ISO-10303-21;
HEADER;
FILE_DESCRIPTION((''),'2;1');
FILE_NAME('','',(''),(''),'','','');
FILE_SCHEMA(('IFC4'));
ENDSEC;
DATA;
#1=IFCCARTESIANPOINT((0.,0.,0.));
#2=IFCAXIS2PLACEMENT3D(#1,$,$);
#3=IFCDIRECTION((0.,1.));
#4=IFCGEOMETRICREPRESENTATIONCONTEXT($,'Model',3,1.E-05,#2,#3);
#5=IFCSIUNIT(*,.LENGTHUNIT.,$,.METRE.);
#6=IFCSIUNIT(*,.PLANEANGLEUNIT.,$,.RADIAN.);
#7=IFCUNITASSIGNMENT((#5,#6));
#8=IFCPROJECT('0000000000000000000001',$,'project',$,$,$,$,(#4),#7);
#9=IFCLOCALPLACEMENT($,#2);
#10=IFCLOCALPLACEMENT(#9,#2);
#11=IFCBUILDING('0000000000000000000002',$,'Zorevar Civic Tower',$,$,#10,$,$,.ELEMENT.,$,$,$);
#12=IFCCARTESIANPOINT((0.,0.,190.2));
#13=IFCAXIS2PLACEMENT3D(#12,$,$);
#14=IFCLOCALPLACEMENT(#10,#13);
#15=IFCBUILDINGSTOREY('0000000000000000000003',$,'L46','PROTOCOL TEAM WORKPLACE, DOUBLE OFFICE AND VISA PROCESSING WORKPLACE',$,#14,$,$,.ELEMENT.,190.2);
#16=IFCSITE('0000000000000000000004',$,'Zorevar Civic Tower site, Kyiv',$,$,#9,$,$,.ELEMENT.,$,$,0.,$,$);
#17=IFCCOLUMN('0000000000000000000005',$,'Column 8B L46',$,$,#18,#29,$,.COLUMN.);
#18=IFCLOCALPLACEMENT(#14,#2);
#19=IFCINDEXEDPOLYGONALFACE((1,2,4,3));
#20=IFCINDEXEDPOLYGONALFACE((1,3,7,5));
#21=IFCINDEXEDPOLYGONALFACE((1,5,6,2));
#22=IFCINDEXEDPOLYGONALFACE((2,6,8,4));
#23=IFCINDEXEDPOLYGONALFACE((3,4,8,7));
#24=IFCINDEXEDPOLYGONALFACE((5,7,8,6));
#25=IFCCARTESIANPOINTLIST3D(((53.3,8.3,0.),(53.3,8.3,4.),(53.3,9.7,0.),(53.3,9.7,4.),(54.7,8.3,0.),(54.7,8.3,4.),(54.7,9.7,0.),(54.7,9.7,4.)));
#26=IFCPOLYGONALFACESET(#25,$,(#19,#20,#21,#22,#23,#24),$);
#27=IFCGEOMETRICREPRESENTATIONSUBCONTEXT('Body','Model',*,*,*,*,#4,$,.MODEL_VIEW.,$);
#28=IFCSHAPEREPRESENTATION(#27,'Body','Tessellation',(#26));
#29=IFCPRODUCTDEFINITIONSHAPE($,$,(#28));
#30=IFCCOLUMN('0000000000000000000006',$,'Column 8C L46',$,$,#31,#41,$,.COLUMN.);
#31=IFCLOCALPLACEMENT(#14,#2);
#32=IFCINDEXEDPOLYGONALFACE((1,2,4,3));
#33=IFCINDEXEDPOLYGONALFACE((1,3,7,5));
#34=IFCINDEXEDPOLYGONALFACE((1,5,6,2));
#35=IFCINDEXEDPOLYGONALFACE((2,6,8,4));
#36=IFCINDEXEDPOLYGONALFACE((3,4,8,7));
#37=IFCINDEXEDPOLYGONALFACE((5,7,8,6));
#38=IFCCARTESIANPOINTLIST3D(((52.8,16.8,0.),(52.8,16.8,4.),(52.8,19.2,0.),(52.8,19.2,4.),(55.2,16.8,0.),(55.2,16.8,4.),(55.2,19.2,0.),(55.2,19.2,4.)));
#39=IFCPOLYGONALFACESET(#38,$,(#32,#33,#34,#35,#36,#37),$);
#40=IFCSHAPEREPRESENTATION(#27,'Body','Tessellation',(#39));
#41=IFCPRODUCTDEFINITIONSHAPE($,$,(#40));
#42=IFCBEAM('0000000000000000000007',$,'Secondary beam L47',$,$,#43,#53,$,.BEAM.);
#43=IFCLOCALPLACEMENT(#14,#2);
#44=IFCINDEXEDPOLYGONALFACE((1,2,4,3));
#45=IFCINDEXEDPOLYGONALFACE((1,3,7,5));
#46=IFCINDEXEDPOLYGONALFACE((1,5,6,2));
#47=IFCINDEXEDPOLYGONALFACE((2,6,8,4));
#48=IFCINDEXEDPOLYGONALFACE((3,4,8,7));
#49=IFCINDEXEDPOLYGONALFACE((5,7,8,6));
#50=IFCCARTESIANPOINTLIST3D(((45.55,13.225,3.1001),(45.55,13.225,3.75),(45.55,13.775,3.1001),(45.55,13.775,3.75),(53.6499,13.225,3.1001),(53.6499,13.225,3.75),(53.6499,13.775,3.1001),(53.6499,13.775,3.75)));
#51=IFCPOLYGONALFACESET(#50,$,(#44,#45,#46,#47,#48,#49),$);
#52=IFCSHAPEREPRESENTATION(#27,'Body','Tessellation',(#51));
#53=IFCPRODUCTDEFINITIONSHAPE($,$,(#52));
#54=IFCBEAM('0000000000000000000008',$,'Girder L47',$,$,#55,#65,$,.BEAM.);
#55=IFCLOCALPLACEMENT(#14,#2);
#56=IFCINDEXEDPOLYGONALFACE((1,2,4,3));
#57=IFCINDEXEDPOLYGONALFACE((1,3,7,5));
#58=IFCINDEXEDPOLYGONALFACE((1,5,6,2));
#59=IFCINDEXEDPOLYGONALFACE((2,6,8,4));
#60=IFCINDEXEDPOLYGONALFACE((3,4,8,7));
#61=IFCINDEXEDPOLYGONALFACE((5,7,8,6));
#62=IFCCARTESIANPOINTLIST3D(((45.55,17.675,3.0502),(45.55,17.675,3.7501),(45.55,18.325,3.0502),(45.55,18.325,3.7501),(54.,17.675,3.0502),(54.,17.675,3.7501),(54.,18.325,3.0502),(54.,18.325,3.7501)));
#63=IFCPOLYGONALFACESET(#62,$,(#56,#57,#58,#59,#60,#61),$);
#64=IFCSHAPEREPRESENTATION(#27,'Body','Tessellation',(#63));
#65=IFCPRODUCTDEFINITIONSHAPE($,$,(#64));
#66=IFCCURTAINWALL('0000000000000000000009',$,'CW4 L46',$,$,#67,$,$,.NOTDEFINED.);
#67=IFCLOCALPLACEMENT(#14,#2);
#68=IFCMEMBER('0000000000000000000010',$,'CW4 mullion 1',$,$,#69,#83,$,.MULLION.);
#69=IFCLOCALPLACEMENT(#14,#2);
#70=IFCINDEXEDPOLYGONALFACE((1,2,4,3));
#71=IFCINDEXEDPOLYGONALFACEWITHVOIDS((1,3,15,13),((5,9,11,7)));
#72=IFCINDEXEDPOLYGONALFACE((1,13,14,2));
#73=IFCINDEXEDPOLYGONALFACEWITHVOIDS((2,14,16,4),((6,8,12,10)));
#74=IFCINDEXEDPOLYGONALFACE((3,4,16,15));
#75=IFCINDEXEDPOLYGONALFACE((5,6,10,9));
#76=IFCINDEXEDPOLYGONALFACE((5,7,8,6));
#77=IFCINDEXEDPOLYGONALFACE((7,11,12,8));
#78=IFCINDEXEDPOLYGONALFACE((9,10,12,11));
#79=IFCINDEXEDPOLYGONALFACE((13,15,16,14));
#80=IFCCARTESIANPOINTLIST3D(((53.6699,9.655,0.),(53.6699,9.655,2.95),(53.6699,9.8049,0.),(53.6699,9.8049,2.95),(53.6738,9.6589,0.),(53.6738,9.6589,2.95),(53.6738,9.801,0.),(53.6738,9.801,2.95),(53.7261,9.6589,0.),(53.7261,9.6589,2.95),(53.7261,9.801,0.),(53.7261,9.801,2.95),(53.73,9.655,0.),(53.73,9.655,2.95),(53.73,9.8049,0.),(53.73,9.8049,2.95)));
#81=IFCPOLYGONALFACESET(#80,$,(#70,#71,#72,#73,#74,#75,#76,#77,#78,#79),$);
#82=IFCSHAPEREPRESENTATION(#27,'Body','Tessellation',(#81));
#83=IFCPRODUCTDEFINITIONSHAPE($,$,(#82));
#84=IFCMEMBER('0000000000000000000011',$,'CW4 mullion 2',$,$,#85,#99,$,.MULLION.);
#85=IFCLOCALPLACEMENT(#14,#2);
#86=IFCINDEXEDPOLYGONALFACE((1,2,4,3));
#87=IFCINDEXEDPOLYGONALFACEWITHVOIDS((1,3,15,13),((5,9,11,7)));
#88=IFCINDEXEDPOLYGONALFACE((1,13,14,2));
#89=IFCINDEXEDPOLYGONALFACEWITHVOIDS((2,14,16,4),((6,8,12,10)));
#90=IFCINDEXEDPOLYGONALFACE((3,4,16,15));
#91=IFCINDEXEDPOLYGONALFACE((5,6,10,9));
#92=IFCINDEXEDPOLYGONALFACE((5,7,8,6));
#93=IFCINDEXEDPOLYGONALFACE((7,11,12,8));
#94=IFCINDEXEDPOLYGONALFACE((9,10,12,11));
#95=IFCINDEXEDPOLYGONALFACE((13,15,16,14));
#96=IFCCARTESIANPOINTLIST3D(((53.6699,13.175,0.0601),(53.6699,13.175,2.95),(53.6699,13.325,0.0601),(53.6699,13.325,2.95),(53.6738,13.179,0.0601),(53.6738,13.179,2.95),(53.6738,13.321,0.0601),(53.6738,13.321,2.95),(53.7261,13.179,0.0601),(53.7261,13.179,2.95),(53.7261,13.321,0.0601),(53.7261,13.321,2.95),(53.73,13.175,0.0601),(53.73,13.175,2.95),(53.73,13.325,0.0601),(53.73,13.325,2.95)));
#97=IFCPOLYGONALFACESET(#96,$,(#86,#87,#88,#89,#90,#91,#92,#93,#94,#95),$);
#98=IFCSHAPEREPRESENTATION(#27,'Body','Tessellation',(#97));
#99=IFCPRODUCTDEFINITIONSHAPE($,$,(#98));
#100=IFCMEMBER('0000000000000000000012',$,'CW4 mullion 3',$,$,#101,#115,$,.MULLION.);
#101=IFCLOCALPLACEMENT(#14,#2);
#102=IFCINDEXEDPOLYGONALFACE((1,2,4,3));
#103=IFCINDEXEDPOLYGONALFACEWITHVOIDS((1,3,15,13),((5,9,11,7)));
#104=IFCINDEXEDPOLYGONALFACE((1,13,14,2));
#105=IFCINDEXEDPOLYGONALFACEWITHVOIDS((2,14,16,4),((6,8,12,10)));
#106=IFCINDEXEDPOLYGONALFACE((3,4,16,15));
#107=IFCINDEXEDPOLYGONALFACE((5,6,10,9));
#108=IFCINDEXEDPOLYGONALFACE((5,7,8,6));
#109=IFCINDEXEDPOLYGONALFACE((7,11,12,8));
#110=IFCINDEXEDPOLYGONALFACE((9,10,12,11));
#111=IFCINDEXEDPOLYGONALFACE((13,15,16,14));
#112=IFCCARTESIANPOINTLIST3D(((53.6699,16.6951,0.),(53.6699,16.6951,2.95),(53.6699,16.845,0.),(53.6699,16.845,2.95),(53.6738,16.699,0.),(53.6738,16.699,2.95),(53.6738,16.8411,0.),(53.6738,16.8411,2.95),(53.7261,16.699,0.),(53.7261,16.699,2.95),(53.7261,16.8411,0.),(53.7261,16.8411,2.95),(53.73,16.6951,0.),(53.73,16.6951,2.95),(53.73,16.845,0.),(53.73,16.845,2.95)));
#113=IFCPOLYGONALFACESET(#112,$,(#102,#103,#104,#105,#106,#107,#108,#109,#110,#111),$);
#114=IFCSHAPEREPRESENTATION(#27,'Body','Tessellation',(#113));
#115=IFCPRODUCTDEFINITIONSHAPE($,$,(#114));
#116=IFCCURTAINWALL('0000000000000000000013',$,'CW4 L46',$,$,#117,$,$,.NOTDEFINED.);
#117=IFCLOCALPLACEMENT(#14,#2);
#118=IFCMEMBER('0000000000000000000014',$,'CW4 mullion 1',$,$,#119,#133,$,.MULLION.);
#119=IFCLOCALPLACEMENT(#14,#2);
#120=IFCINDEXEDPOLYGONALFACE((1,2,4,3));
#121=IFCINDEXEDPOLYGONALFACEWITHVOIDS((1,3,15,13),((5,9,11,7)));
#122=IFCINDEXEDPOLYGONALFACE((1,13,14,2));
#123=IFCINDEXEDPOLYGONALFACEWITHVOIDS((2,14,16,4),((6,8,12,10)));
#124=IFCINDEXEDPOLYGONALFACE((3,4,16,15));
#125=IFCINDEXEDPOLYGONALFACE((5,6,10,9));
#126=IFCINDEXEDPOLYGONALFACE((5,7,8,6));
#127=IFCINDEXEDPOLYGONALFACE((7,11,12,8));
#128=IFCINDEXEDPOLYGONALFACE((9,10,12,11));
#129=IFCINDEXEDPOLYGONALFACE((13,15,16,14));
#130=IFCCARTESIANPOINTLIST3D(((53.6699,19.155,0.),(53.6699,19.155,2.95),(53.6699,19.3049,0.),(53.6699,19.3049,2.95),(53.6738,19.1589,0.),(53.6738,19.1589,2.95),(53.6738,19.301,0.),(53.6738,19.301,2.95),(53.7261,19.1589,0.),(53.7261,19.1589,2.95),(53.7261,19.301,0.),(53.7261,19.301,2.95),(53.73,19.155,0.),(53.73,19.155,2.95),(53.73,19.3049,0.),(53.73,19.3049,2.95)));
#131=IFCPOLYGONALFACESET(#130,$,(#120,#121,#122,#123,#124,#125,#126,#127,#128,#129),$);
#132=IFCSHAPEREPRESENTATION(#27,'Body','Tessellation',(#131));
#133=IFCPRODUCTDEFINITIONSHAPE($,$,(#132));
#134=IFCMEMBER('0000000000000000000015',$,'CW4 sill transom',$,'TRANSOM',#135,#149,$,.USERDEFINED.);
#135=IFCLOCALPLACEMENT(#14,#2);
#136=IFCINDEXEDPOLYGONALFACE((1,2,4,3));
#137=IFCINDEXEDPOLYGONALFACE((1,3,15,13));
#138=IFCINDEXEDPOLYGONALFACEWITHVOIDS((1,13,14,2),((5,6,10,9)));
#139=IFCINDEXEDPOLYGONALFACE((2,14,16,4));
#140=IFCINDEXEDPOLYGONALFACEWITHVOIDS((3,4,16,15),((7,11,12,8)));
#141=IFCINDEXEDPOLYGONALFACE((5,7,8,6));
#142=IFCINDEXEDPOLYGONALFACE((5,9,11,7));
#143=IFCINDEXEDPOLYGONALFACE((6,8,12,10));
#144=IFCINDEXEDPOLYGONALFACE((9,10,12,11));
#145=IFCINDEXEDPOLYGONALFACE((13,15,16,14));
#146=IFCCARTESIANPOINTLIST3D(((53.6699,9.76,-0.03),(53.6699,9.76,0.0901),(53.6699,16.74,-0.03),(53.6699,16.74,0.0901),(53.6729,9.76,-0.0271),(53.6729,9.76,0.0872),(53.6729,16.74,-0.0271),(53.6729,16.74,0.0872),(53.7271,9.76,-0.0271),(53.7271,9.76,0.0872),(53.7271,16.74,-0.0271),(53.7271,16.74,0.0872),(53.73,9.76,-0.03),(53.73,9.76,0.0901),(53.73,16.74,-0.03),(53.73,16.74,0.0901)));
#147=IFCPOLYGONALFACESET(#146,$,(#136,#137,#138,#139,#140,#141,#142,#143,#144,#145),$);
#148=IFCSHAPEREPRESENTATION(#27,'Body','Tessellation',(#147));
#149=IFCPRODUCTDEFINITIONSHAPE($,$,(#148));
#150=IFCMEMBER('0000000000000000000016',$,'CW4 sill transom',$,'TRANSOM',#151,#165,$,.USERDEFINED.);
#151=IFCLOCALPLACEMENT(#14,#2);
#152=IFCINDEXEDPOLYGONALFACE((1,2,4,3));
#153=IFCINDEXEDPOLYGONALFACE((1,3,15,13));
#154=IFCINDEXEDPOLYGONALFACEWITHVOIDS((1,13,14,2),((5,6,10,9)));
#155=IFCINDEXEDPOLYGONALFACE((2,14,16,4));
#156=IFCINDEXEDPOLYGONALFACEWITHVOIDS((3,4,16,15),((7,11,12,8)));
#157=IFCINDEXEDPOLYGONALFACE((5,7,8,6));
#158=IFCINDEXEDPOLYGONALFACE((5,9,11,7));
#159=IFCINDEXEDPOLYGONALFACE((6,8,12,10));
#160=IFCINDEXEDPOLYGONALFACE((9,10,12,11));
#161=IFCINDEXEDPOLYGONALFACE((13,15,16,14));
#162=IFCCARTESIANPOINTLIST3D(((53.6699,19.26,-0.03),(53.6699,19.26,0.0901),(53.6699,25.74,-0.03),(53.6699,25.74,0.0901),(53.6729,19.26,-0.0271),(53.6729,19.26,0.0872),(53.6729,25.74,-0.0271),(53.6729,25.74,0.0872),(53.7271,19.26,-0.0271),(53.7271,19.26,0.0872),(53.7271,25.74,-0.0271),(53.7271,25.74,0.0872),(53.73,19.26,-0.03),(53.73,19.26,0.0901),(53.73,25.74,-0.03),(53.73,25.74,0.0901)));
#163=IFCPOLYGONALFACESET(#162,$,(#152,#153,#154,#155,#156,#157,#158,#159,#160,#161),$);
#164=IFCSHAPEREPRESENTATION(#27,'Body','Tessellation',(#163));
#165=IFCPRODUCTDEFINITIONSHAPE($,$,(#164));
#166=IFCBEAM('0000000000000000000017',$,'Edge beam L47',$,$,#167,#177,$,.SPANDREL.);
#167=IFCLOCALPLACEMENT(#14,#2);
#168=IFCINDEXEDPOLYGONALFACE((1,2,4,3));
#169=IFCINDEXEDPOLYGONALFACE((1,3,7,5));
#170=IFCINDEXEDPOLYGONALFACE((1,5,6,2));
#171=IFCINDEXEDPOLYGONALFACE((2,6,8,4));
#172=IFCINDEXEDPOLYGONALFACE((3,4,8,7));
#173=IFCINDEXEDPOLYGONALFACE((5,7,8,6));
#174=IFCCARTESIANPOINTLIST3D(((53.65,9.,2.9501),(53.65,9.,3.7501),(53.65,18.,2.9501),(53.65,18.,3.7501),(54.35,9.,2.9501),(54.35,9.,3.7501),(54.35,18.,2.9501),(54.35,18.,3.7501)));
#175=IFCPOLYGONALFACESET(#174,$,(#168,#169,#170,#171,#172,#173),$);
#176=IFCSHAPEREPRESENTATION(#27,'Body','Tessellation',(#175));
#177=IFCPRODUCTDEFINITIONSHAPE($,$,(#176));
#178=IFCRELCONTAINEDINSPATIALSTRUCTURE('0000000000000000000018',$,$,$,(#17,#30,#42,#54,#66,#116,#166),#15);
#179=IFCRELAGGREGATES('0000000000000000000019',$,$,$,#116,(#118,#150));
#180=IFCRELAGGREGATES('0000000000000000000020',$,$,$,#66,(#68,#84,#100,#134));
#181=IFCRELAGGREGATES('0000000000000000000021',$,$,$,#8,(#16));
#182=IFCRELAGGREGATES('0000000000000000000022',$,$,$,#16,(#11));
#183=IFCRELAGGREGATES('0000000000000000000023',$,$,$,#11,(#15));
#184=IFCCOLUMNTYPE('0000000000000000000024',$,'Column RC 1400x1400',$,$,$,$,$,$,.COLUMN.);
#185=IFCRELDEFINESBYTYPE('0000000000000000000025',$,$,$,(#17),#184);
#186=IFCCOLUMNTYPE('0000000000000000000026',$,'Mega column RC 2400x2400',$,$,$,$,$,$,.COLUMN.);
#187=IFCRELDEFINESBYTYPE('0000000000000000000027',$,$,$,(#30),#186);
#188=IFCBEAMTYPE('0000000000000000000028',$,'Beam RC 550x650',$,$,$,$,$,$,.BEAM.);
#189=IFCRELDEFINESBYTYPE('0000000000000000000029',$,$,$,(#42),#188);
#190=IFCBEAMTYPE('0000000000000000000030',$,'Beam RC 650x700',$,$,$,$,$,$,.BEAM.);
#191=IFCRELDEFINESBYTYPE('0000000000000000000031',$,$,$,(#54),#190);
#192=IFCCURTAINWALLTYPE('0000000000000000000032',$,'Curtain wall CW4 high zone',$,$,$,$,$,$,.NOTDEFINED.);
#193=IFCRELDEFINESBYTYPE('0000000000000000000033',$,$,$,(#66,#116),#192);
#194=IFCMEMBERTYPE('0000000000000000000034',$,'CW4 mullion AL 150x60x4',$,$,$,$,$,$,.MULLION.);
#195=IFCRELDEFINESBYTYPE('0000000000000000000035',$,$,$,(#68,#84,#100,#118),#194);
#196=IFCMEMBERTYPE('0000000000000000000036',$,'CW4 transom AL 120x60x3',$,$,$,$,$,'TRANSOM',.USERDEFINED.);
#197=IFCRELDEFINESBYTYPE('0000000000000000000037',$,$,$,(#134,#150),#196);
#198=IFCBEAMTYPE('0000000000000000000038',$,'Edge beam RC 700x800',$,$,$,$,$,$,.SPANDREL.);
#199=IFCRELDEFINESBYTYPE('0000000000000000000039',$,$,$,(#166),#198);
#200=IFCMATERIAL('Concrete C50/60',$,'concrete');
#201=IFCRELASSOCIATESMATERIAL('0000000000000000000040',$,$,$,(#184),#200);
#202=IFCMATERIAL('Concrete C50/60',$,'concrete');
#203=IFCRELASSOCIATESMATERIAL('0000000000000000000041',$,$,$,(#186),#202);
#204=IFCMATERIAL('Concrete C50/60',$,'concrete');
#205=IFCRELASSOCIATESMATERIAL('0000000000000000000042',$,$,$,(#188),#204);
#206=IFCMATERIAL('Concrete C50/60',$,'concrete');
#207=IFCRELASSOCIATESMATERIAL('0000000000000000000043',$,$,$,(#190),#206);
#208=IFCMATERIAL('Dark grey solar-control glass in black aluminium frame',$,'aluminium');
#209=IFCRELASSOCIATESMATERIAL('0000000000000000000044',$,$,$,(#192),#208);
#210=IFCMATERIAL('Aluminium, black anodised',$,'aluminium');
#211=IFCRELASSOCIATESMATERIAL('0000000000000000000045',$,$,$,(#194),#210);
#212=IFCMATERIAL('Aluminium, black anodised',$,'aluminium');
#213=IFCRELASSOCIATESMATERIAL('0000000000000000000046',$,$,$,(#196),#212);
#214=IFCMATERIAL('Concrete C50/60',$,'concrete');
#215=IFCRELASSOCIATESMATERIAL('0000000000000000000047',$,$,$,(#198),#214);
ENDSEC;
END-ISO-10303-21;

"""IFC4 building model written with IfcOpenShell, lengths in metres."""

from ifc_helpers import new_model, si_unit, direction, frame, origin, origin_2d, place, context, subcontext, project, spatial, rectangle, hollow_rectangle, extrude, material, material_profile, profile_set, type_object, element, aggregate, save


model = new_model("IFC4")

# Units and contexts
model_context = context("Model", 3, precision=1e-05, world=origin(), true_north=direction((0.0, 1.0)))
body_context = subcontext(model_context, "Body", "Model", "MODEL_VIEW")
ifc_project = project(units=[si_unit("LENGTHUNIT", "METRE"), si_unit("PLANEANGLEUNIT", "RADIAN")], contexts=[model_context])

# Site, building, storey
site_placement = place(None, origin())
site = spatial("IfcSite", under=ifc_project, at=site_placement, Name="Zorevar Civic Tower site, Kyiv", CompositionType="ELEMENT", RefElevation=0.0)
building_placement = place(site_placement, origin())
building = spatial("IfcBuilding", under=site, at=building_placement, Name="Zorevar Civic Tower", CompositionType="ELEMENT")
storey_placement = place(building_placement, frame((0.0, 0.0, 190.2)))
storey = spatial("IfcBuildingStorey", under=building, at=storey_placement, Name="L46", Description="PROTOCOL TEAM WORKPLACE, DOUBLE OFFICE AND VISA PROCESSING WORKPLACE", CompositionType="ELEMENT", Elevation=190.2)

# Columns
ifc_material_1 = material(Name="Concrete C50/60", Category="concrete")
ifc_material_profile_1 = material_profile(ifc_material_1, rectangle(XDim=1.3999, YDim=1.3999, at=origin_2d()), Name="RC 1400x1400")
ifc_profile_set_1 = profile_set([ifc_material_profile_1], Name="Concrete C50/60")
column_type_1 = type_object("IfcColumnType", Name="Column RC 1400x1400", PredefinedType="COLUMN", material=ifc_profile_set_1)
column_1_placement = place(storey_placement, frame((54.0, 9.0, 0.0), z_axis=(0.0, 0.0, 1.0), x_axis=(1.0, 0.0, 0.0)))
element("IfcColumn", 1, at=column_1_placement, inside=storey, type_object=column_type_1, Name="Column 8B L46", PredefinedType="COLUMN", context=body_context, shape_type="SweptSolid", body=[
    extrude(rectangle(XDim=1.3999, YDim=1.3999, at=origin_2d()), origin(), (0.0, 0.0, 1.0), 4.0),
])
ifc_material_2 = material(Name="Concrete C50/60", Category="concrete")
ifc_material_profile_2 = material_profile(ifc_material_2, rectangle(XDim=2.3999, YDim=2.3999, at=origin_2d()), Name="RC 2400x2400")
ifc_profile_set_2 = profile_set([ifc_material_profile_2], Name="Concrete C50/60")
column_type_2 = type_object("IfcColumnType", Name="Mega column RC 2400x2400", PredefinedType="COLUMN", material=ifc_profile_set_2)
column_2_placement = place(storey_placement, frame((54.0, 18.0, 0.0), z_axis=(0.0, 0.0, 1.0), x_axis=(1.0, 0.0, 0.0)))
element("IfcColumn", 2, at=column_2_placement, inside=storey, type_object=column_type_2, Name="Column 8C L46", PredefinedType="COLUMN", context=body_context, shape_type="SweptSolid", body=[
    extrude(rectangle(XDim=2.3999, YDim=2.3999, at=origin_2d()), origin(), (0.0, 0.0, 1.0), 4.0),
])

# Beams
ifc_material_3 = material(Name="Concrete C50/60", Category="concrete")
ifc_material_profile_3 = material_profile(ifc_material_3, rectangle(XDim=0.55, YDim=0.6499, at=origin_2d()), Name="RC 550x650")
ifc_profile_set_3 = profile_set([ifc_material_profile_3], Name="Concrete C50/60")
beam_type_1 = type_object("IfcBeamType", Name="Beam RC 550x650", PredefinedType="BEAM", material=ifc_profile_set_3)
beam_1_placement = place(storey_placement, frame((45.55, 13.5, 3.425), z_axis=(1.0, 0.0, 0.0), x_axis=(0.0, 1.0, 0.0)))
element("IfcBeam", 3, at=beam_1_placement, inside=storey, type_object=beam_type_1, Name="Secondary beam L47", PredefinedType="BEAM", context=body_context, shape_type="SweptSolid", body=[
    extrude(rectangle(XDim=0.55, YDim=0.6499, at=origin_2d()), origin(), (0.0, 0.0, 1.0), 8.0999),
])
ifc_material_4 = material(Name="Concrete C50/60", Category="concrete")
ifc_material_profile_4 = material_profile(ifc_material_4, rectangle(XDim=0.6499, YDim=0.7, at=origin_2d()), Name="RC 650x700")
ifc_profile_set_4 = profile_set([ifc_material_profile_4], Name="Concrete C50/60")
beam_type_2 = type_object("IfcBeamType", Name="Beam RC 650x700", PredefinedType="BEAM", material=ifc_profile_set_4)
beam_2_placement = place(storey_placement, frame((45.55, 18.0, 3.4001), z_axis=(1.0, 0.0, 0.0), x_axis=(0.0, 1.0, 0.0)))
element("IfcBeam", 4, at=beam_2_placement, inside=storey, type_object=beam_type_2, Name="Girder L47", PredefinedType="BEAM", context=body_context, shape_type="SweptSolid", body=[
    extrude(rectangle(XDim=0.6499, YDim=0.7, at=origin_2d()), origin(), (0.0, 0.0, 1.0), 8.45),
])

# Curtain wall, members
ifc_material_5 = material(Name="Dark grey solar-control glass in black aluminium frame", Category="aluminium")
curtain_wall_type = type_object("IfcCurtainWallType", Name="Curtain wall CW4 high zone", PredefinedType="NOTDEFINED", material=ifc_material_5)
curtain_wall_1_placement = place(storey_placement, origin())
curtain_wall_1 = element("IfcCurtainWall", 5, at=curtain_wall_1_placement, inside=storey, type_object=curtain_wall_type, Name="CW4 L46", PredefinedType="NOTDEFINED")
ifc_material_6 = material(Name="Aluminium, black anodised", Category="aluminium")
ifc_material_profile_5 = material_profile(ifc_material_6, hollow_rectangle(XDim=0.0601, YDim=0.1499, WallThickness=0.0039, at=origin_2d()), Name="AL 150x60x4")
ifc_profile_set_5 = profile_set([ifc_material_profile_5], Name="Aluminium, black anodised")
member_type_1 = type_object("IfcMemberType", Name="CW4 mullion AL 150x60x4", PredefinedType="MULLION", material=ifc_profile_set_5)
member_1_placement = place(storey_placement, frame((53.7, 9.73, 0.0), z_axis=(0.0, 0.0, 1.0), x_axis=(-1.0, 0.0, 0.0)))
member_1 = element("IfcMember", 6, at=member_1_placement, type_object=member_type_1, Name="CW4 mullion 1", PredefinedType="MULLION", context=body_context, shape_type="SweptSolid", body=[
    extrude(hollow_rectangle(XDim=0.0601, YDim=0.1499, WallThickness=0.0039, at=origin_2d()), origin(), (0.0, 0.0, 1.0), 2.95),
])
member_2_placement = place(storey_placement, frame((53.7, 13.25, 0.0601), z_axis=(0.0, 0.0, 1.0), x_axis=(-1.0, 0.0, 0.0)))
member_2 = element("IfcMember", 7, at=member_2_placement, type_object=member_type_1, Name="CW4 mullion 2", PredefinedType="MULLION", context=body_context, shape_type="SweptSolid", body=[
    extrude(hollow_rectangle(XDim=0.0601, YDim=0.1499, WallThickness=0.0039, at=origin_2d()), origin(), (0.0, 0.0, 1.0), 2.8899),
])
member_3_placement = place(storey_placement, frame((53.7, 16.77, 0.0), z_axis=(0.0, 0.0, 1.0), x_axis=(-1.0, 0.0, 0.0)))
member_3 = element("IfcMember", 8, at=member_3_placement, type_object=member_type_1, Name="CW4 mullion 3", PredefinedType="MULLION", context=body_context, shape_type="SweptSolid", body=[
    extrude(hollow_rectangle(XDim=0.0601, YDim=0.1499, WallThickness=0.0039, at=origin_2d()), origin(), (0.0, 0.0, 1.0), 2.95),
])

# Curtain wall, member
curtain_wall_2_placement = place(storey_placement, origin())
curtain_wall_2 = element("IfcCurtainWall", 9, at=curtain_wall_2_placement, inside=storey, type_object=curtain_wall_type, Name="CW4 L46", PredefinedType="NOTDEFINED")
member_4_placement = place(storey_placement, frame((53.7, 19.23, 0.0), z_axis=(0.0, 0.0, 1.0), x_axis=(-1.0, 0.0, 0.0)))
member_4 = element("IfcMember", 10, at=member_4_placement, type_object=member_type_1, Name="CW4 mullion 1", PredefinedType="MULLION", context=body_context, shape_type="SweptSolid", body=[
    extrude(hollow_rectangle(XDim=0.0601, YDim=0.1499, WallThickness=0.0039, at=origin_2d()), origin(), (0.0, 0.0, 1.0), 2.95),
])

# Members
ifc_material_7 = material(Name="Aluminium, black anodised", Category="aluminium")
ifc_material_profile_6 = material_profile(ifc_material_7, hollow_rectangle(XDim=0.0601, YDim=0.1201, WallThickness=0.0029, at=origin_2d()), Name="AL 120x60x3")
ifc_profile_set_6 = profile_set([ifc_material_profile_6], Name="Aluminium, black anodised")
member_type_2 = type_object("IfcMemberType", Name="CW4 transom AL 120x60x3", ElementType="TRANSOM", PredefinedType="USERDEFINED", material=ifc_profile_set_6)
member_5_placement = place(storey_placement, frame((53.7, 9.76, 0.03), z_axis=(0.0, 1.0, 0.0), x_axis=(-1.0, 0.0, 0.0)))
member_5 = element("IfcMember", 11, at=member_5_placement, type_object=member_type_2, Name="CW4 sill transom", ObjectType="TRANSOM", PredefinedType="USERDEFINED", context=body_context, shape_type="SweptSolid", body=[
    extrude(hollow_rectangle(XDim=0.0601, YDim=0.1201, WallThickness=0.0029, at=origin_2d()), origin(), (0.0, 0.0, 1.0), 6.98),
])
member_6_placement = place(storey_placement, frame((53.7, 19.26, 0.03), z_axis=(0.0, 1.0, 0.0), x_axis=(-1.0, 0.0, 0.0)))
member_6 = element("IfcMember", 12, at=member_6_placement, type_object=member_type_2, Name="CW4 sill transom", ObjectType="TRANSOM", PredefinedType="USERDEFINED", context=body_context, shape_type="SweptSolid", body=[
    extrude(hollow_rectangle(XDim=0.0601, YDim=0.1201, WallThickness=0.0029, at=origin_2d()), origin(), (0.0, 0.0, 1.0), 6.48),
])
aggregate(curtain_wall_2, [member_4, member_6])

# Beam
ifc_material_8 = material(Name="Concrete C50/60", Category="concrete")
ifc_material_profile_7 = material_profile(ifc_material_8, rectangle(XDim=0.7, YDim=0.8, at=origin_2d()), Name="RC 700x800")
ifc_profile_set_7 = profile_set([ifc_material_profile_7], Name="Concrete C50/60")
beam_type_3 = type_object("IfcBeamType", Name="Edge beam RC 700x800", PredefinedType="SPANDREL", material=ifc_profile_set_7)
for number, where, z_axis, x_axis, name in (
    (13, (54.0, 9.0, 3.3501), (0.0, 1.0, 0.0), (-1.0, 0.0, 0.0), "Edge beam L47"),
):
    element("IfcBeam", number, at=place(storey_placement, frame(where, z_axis=z_axis, x_axis=x_axis)), inside=storey, type_object=beam_type_3, Name=name, PredefinedType="SPANDREL", context=body_context, shape_type="SweptSolid", body=[
        extrude(rectangle(XDim=0.7, YDim=0.8, at=origin_2d()), origin(), (0.0, 0.0, 1.0), 9.0),
    ])

aggregate(curtain_wall_1, [member_1, member_2, member_3, member_5])

save(model, "model.ifc")
